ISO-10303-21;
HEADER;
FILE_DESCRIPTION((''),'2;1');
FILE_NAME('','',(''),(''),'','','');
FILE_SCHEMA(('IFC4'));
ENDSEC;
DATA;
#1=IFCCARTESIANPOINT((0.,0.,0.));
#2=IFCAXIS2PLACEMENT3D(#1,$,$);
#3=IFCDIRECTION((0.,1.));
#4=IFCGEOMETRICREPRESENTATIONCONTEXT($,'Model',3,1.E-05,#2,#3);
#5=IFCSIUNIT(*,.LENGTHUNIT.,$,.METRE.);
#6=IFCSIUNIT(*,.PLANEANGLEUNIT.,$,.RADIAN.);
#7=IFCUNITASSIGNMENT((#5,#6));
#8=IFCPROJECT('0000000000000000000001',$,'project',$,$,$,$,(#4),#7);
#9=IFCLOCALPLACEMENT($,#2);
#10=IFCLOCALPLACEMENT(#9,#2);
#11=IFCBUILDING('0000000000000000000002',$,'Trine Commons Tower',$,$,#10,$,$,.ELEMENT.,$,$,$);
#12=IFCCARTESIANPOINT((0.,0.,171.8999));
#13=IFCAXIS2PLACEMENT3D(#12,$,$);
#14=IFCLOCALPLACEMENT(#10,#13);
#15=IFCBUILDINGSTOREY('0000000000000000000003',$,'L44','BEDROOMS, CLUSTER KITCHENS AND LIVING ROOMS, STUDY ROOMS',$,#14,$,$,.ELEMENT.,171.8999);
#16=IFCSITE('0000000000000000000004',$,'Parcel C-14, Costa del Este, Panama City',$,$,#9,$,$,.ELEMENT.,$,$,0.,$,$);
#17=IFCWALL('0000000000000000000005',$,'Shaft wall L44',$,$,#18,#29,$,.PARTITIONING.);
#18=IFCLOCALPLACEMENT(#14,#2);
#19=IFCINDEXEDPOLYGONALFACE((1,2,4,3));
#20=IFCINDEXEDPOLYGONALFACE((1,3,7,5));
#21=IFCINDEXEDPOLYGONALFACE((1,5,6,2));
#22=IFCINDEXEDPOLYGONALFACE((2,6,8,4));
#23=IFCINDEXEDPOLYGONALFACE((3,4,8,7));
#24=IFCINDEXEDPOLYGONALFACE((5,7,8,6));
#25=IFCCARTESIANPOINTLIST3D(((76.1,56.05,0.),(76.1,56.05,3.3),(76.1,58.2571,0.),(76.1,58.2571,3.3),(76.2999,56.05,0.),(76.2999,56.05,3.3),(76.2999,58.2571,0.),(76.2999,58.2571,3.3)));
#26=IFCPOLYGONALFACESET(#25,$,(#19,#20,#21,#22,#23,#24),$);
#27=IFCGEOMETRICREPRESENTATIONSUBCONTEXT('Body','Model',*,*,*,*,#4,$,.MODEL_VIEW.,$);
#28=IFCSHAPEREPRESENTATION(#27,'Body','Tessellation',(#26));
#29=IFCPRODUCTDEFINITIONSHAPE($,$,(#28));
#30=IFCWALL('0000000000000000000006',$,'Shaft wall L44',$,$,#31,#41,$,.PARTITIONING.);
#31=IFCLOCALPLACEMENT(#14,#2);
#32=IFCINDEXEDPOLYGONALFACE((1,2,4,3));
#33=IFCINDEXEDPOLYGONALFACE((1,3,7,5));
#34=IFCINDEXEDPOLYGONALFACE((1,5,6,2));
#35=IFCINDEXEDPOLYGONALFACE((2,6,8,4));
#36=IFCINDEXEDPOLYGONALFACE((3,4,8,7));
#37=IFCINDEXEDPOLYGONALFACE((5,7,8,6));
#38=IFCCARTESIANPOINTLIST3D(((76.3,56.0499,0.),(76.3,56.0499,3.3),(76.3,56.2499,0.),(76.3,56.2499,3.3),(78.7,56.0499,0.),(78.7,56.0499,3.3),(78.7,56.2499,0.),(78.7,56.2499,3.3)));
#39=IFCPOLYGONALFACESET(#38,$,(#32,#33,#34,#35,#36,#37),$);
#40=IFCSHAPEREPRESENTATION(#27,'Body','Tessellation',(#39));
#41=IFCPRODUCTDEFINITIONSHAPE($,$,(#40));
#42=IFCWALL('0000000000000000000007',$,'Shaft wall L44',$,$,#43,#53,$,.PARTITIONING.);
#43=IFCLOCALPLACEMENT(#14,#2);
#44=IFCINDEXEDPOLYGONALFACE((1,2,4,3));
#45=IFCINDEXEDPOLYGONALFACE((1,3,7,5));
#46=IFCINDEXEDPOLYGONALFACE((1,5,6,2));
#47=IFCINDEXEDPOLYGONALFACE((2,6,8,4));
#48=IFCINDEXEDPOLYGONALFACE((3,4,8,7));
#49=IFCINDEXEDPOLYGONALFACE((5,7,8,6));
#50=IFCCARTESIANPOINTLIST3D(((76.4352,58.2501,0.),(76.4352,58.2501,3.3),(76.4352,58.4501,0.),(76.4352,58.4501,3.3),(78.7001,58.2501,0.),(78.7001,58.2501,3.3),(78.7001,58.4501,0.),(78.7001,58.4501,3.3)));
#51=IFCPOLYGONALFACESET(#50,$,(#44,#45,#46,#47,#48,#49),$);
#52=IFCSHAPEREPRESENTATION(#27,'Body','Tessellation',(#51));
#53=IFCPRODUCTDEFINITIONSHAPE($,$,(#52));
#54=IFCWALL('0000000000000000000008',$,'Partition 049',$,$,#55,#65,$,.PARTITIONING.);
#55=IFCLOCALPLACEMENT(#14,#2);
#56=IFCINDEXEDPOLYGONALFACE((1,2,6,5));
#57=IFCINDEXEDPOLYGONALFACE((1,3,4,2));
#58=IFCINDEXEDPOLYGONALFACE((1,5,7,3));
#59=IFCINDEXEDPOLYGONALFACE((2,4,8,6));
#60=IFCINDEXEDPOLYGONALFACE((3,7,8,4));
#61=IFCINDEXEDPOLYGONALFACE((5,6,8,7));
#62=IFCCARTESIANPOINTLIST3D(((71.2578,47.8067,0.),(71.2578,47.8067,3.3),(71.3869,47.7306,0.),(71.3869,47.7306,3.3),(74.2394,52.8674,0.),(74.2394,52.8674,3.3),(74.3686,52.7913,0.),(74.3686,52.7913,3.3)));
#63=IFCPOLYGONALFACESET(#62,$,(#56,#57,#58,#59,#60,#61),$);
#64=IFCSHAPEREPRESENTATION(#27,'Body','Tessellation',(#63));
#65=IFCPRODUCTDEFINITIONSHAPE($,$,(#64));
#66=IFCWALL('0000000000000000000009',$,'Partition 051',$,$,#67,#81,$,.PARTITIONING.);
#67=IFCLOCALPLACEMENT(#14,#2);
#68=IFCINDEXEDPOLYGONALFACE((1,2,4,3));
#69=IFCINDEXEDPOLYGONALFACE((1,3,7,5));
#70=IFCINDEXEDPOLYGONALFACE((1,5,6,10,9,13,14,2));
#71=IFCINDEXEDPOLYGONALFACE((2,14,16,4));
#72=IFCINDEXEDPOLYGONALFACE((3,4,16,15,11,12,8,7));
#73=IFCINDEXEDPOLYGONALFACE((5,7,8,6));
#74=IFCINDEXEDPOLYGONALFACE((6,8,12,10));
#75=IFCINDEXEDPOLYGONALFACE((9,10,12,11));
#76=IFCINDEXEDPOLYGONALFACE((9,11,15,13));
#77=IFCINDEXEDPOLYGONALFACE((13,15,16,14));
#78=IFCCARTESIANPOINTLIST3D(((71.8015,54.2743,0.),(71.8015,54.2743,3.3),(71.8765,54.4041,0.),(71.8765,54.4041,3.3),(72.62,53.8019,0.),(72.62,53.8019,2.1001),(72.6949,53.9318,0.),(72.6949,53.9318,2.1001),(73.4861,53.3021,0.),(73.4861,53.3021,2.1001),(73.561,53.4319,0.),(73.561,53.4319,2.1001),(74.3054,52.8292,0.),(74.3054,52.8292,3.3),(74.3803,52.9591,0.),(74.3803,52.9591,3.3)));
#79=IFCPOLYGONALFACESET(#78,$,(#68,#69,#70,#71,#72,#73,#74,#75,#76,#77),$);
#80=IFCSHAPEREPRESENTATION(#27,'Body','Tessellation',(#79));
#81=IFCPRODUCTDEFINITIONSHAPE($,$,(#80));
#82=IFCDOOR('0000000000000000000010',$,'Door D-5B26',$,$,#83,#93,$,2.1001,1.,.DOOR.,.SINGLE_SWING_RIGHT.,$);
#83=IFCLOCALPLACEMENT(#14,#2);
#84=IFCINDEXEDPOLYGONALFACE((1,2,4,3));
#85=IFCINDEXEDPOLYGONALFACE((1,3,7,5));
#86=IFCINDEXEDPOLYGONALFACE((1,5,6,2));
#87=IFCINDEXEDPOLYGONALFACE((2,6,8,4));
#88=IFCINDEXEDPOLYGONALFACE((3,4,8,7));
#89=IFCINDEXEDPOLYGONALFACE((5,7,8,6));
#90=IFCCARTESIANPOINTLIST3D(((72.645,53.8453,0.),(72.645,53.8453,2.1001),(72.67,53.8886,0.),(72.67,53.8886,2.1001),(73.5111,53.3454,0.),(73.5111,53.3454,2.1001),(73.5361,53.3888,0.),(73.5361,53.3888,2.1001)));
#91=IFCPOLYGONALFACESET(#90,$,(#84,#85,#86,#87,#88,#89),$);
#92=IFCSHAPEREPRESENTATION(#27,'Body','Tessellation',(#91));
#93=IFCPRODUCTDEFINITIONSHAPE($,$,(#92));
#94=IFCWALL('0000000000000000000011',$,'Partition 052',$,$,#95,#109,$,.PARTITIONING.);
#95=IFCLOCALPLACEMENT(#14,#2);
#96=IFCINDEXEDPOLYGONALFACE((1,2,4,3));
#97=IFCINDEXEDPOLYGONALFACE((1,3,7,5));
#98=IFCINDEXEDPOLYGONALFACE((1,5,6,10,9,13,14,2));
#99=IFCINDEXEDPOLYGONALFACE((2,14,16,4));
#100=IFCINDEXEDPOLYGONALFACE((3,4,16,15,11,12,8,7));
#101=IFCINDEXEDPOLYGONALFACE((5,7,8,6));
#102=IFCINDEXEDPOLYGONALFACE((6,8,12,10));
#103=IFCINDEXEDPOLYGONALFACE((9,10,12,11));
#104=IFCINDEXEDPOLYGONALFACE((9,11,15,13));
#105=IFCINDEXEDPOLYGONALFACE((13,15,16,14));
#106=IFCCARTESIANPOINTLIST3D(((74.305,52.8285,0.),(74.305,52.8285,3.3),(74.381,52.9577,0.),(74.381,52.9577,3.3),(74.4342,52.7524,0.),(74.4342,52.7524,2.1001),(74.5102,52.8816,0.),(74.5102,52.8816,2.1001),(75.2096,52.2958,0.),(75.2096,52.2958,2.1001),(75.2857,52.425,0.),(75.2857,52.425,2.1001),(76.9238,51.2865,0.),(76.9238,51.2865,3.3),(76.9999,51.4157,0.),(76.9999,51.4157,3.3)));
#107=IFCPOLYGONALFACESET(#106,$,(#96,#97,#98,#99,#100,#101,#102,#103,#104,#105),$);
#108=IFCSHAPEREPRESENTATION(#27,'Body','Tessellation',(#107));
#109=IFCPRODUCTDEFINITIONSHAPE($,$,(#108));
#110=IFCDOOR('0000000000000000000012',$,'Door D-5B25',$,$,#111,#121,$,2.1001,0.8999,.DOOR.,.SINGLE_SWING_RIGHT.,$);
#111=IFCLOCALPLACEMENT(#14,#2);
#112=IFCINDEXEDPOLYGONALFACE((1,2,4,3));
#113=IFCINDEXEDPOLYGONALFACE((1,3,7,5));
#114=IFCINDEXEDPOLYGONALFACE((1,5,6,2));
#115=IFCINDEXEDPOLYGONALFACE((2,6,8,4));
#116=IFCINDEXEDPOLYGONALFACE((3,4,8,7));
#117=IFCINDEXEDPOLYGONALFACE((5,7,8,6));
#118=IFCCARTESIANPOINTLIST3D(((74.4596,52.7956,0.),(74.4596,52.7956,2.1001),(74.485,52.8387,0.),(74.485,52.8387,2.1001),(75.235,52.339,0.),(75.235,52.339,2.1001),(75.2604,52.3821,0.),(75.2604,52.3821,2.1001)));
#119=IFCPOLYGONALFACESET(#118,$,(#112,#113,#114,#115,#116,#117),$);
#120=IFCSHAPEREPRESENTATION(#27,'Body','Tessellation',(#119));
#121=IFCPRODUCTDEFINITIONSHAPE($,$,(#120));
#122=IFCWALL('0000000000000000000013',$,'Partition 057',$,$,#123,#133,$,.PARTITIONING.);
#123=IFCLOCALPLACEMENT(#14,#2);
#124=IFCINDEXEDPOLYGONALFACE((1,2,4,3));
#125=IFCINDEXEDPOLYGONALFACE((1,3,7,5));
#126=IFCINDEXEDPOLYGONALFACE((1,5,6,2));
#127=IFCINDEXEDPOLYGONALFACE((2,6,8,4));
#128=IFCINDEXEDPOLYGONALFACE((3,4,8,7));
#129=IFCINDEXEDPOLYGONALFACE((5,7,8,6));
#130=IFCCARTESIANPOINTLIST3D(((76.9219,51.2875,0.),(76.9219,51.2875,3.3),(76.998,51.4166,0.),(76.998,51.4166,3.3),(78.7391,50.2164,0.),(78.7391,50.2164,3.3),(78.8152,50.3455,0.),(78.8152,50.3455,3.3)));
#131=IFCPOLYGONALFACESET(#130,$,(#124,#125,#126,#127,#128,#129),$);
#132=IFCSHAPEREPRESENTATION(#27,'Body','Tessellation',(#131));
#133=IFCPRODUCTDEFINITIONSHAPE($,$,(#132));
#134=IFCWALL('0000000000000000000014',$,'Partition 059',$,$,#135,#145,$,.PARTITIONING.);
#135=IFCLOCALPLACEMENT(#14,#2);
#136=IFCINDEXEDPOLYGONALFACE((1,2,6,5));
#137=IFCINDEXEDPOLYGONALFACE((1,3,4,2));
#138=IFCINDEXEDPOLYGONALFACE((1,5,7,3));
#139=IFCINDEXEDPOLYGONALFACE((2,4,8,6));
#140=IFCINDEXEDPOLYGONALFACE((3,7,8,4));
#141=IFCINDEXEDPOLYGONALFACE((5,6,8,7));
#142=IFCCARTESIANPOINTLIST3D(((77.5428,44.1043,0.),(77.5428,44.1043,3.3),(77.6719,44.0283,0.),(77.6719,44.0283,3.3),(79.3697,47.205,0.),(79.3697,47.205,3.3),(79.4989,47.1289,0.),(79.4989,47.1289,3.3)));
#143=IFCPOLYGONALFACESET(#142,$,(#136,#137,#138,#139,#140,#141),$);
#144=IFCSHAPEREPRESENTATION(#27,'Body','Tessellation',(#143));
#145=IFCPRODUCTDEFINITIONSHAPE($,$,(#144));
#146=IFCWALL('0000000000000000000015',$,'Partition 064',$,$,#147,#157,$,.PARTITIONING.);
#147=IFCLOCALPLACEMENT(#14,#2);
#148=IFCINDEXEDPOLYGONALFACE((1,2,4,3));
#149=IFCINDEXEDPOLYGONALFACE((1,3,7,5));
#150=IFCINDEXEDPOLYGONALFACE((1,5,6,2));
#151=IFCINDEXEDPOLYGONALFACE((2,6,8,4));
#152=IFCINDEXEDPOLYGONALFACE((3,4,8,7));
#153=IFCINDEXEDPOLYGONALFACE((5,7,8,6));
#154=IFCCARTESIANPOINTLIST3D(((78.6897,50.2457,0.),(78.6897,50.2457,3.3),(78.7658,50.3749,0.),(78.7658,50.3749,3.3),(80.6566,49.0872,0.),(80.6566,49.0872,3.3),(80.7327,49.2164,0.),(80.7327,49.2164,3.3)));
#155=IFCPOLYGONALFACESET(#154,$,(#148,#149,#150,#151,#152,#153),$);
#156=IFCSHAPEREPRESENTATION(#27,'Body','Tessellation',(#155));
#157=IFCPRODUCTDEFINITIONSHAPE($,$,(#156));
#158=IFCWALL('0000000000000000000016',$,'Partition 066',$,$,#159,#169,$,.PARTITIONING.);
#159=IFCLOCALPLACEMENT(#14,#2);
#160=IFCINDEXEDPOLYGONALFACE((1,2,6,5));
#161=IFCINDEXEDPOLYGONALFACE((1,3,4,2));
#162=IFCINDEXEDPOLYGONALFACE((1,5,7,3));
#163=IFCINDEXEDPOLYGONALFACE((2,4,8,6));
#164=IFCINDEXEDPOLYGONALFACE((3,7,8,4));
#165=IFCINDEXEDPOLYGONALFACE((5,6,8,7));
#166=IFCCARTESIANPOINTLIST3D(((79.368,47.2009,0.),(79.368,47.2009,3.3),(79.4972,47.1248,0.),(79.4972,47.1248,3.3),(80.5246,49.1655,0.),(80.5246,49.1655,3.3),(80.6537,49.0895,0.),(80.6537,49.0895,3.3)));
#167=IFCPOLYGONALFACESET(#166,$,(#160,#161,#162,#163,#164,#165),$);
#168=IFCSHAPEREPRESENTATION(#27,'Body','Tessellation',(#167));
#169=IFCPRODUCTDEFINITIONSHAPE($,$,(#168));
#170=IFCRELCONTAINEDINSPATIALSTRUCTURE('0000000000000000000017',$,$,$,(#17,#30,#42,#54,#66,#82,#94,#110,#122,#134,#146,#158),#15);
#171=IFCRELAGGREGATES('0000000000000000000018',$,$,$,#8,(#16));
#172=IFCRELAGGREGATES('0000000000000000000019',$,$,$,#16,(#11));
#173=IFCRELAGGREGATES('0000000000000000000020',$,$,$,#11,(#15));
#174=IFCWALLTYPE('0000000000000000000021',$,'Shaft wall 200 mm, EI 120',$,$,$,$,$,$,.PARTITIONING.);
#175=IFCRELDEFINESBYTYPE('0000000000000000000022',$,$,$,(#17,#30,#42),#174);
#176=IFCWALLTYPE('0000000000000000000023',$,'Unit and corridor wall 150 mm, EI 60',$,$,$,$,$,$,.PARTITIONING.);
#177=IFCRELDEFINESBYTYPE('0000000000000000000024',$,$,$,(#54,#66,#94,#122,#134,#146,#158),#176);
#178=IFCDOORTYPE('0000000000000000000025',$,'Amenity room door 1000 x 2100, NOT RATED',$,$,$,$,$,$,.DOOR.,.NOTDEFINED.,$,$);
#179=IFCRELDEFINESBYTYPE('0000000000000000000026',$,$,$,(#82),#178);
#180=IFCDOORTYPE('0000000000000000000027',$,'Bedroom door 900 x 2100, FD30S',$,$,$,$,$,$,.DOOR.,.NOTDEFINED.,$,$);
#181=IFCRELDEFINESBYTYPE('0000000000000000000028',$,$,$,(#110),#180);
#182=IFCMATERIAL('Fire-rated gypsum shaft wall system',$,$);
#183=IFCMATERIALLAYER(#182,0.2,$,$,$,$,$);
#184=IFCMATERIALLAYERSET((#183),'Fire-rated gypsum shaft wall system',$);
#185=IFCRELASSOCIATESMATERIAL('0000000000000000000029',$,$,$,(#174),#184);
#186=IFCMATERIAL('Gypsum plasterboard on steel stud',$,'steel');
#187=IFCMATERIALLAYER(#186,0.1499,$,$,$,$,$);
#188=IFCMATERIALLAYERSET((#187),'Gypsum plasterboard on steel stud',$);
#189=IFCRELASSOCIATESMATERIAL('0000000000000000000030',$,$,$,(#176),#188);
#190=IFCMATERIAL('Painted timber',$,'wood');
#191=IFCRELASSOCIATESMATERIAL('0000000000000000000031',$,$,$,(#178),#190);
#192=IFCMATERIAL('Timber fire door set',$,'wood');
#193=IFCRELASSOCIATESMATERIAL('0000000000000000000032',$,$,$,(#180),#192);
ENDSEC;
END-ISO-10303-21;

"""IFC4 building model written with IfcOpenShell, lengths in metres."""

from ifc_helpers import new_model, si_unit, direction, frame, frame_2d, origin, place, context, subcontext, project, spatial, rectangle, extrude, material, layer, layer_set, type_object, element, fill, save


model = new_model("IFC4")

# Units and contexts
model_context = context("Model", 3, precision=1e-05, world=origin(), true_north=direction((0.0, 1.0)))
body_context = subcontext(model_context, "Body", "Model", "MODEL_VIEW")
ifc_project = project(units=[si_unit("LENGTHUNIT", "METRE"), si_unit("PLANEANGLEUNIT", "RADIAN")], contexts=[model_context])

# Site, building, storey
site_placement = place(None, origin())
site = spatial("IfcSite", under=ifc_project, at=site_placement, Name="Parcel C-14, Costa del Este, Panama City", CompositionType="ELEMENT", RefElevation=0.0)
building_placement = place(site_placement, origin())
building = spatial("IfcBuilding", under=site, at=building_placement, Name="Trine Commons Tower", CompositionType="ELEMENT")
storey_placement = place(building_placement, frame((0.0, 0.0, 171.8999)))
storey = spatial("IfcBuildingStorey", under=building, at=storey_placement, Name="L44", Description="BEDROOMS, CLUSTER KITCHENS AND LIVING ROOMS, STUDY ROOMS", CompositionType="ELEMENT", Elevation=171.8999)

# Shared definitions
ifc_material_1 = material(Name="Fire-rated gypsum shaft wall system")

# Walls
ifc_layer_1 = layer(ifc_material_1, 0.2)
ifc_layer_set_1 = layer_set([ifc_layer_1], Name="Fire-rated gypsum shaft wall system")
wall_type_1 = type_object("IfcWallType", Name="Shaft wall 200 mm, EI 120", PredefinedType="PARTITIONING", material=ifc_layer_set_1)
wall_1_placement = place(storey_placement, frame((76.2, 58.2571, 0.0), z_axis=(0.0, 0.0, 1.0), x_axis=(0.0, -1.0, 0.0)))
element("IfcWall", 1, at=wall_1_placement, inside=storey, type_object=wall_type_1, Name="Shaft wall L44", PredefinedType="PARTITIONING", context=body_context, shape_type="SweptSolid", body=[
    extrude(rectangle(XDim=2.207, YDim=0.2, at=frame_2d((1.1035, 0.0))), origin(), (0.0, 0.0, 1.0), 3.3),
])
wall_2_placement = place(storey_placement, frame((78.7, 56.1499, 0.0), z_axis=(0.0, 0.0, 1.0), x_axis=(-1.0, 0.0, 0.0)))
element("IfcWall", 2, at=wall_2_placement, inside=storey, type_object=wall_type_1, Name="Shaft wall L44", PredefinedType="PARTITIONING", context=body_context, shape_type="SweptSolid", body=[
    extrude(rectangle(XDim=2.3999, YDim=0.2, at=frame_2d((1.2, 0.0))), origin(), (0.0, 0.0, 1.0), 3.3),
])
wall_3_placement = place(storey_placement, frame((78.7, 58.3501, 0.0), z_axis=(0.0, 0.0, 1.0), x_axis=(-1.0, 0.0, 0.0)))
element("IfcWall", 3, at=wall_3_placement, inside=storey, type_object=wall_type_1, Name="Shaft wall L44", PredefinedType="PARTITIONING", context=body_context, shape_type="SweptSolid", body=[
    extrude(rectangle(XDim=2.2649, YDim=0.2, at=frame_2d((1.1323, 0.0))), origin(), (0.0, 0.0, 1.0), 3.3),
])
ifc_material_2 = material(Name="Gypsum plasterboard on steel stud", Category="steel")
ifc_layer_2 = layer(ifc_material_2, 0.1499)
ifc_layer_set_2 = layer_set([ifc_layer_2], Name="Gypsum plasterboard on steel stud")
wall_type_2 = type_object("IfcWallType", Name="Unit and corridor wall 150 mm, EI 60", PredefinedType="PARTITIONING", material=ifc_layer_set_2)
wall_4_placement = place(storey_placement, frame((71.3223, 47.7686, 0.0), z_axis=(0.0, 0.0, 1.0), x_axis=(0.507621, 0.86158, 0.0)))
element("IfcWall", 4, at=wall_4_placement, inside=storey, type_object=wall_type_2, Name="Partition 049", PredefinedType="PARTITIONING", context=body_context, shape_type="SweptSolid", body=[
    extrude(rectangle(XDim=5.8738, YDim=0.1499, at=frame_2d((2.937, 0.0))), origin(), (0.0, 0.0, 1.0), 3.3),
])

# Walls, openings, doors
wall_5_placement = place(storey_placement, frame((71.8391, 54.3391, 0.0), z_axis=(0.0, 0.0, 1.0), x_axis=(0.86611, -0.499854, 0.0)))
wall_5 = element("IfcWall", 5, at=wall_5_placement, inside=storey, type_object=wall_type_2, Name="Partition 051", PredefinedType="PARTITIONING", context=body_context, shape_type="SweptSolid", body=[
    extrude(rectangle(XDim=2.8909, YDim=0.1499, at=frame_2d((1.4453, 0.0))), origin(), (0.0, 0.0, 1.0), 3.3),
])
opening_1_placement = place(wall_5_placement, frame((0.9448, 0.0, 0.0)))
opening_1 = element("IfcOpeningElement", 6, at=opening_1_placement, cuts=wall_5, PredefinedType="OPENING", context=body_context, shape_type="SweptSolid", body=[
    extrude(rectangle(XDim=1.0, YDim=2.1001, at=frame_2d((0.5, 1.05))), frame((0.0, 0.085, 0.0), z_axis=(0.0, -1.0, 0.0), x_axis=(1.0, 0.0, 0.0)), (0.0, 0.0, 1.0), 0.1699),
])
ifc_material_3 = material(Name="Painted timber", Category="wood")
door_type_1 = type_object("IfcDoorType", Name="Amenity room door 1000 x 2100, NOT RATED", OperationType="NOTDEFINED", PredefinedType="DOOR", material=ifc_material_3)
door_1_placement = place(opening_1_placement, frame((1.0, 0.0, 0.0), z_axis=(0.0, 0.0, 1.0), x_axis=(-1.0, 0.0, 0.0)))
door_1 = element("IfcDoor", 7, at=door_1_placement, inside=storey, type_object=door_type_1, Name="Door D-5B26", OperationType="SINGLE_SWING_RIGHT", OverallHeight=2.1001, OverallWidth=1.0, PredefinedType="DOOR", context=body_context, shape_type="SweptSolid", body=[
    extrude(rectangle(XDim=1.0, YDim=2.1001, at=frame_2d((0.5, 1.05))), frame((0.0, 0.0249, 0.0), z_axis=(0.0, -1.0, 0.0), x_axis=(1.0, 0.0, 0.0)), (0.0, 0.0, 1.0), 0.05),
])
fill(opening_1, door_1)
wall_6_placement = place(storey_placement, frame((74.343, 52.8931, 0.0), z_axis=(0.0, 0.0, 1.0), x_axis=(0.861724, -0.507378, 0.0)))
wall_6 = element("IfcWall", 8, at=wall_6_placement, inside=storey, type_object=wall_type_2, Name="Partition 052", PredefinedType="PARTITIONING", context=body_context, shape_type="SweptSolid", body=[
    extrude(rectangle(XDim=3.0391, YDim=0.1499, at=frame_2d((1.5195, 0.0))), origin(), (0.0, 0.0, 1.0), 3.3),
])
opening_2_placement = place(wall_6_placement, frame((0.1499, 0.0, 0.0)))
opening_2 = element("IfcOpeningElement", 9, at=opening_2_placement, cuts=wall_6, PredefinedType="OPENING", context=body_context, shape_type="SweptSolid", body=[
    extrude(rectangle(XDim=0.8999, YDim=2.1001, at=frame_2d((0.45, 1.05))), frame((0.0, 0.085, 0.0), z_axis=(0.0, -1.0, 0.0), x_axis=(1.0, 0.0, 0.0)), (0.0, 0.0, 1.0), 0.1699),
])
ifc_material_4 = material(Name="Timber fire door set", Category="wood")
door_type_2 = type_object("IfcDoorType", Name="Bedroom door 900 x 2100, FD30S", OperationType="NOTDEFINED", PredefinedType="DOOR", material=ifc_material_4)
door_2_placement = place(opening_2_placement, frame((0.8999, 0.0, 0.0), z_axis=(0.0, 0.0, 1.0), x_axis=(-1.0, 0.0, 0.0)))
door_2 = element("IfcDoor", 10, at=door_2_placement, inside=storey, type_object=door_type_2, Name="Door D-5B25", OperationType="SINGLE_SWING_RIGHT", OverallHeight=2.1001, OverallWidth=0.8999, PredefinedType="DOOR", context=body_context, shape_type="SweptSolid", body=[
    extrude(rectangle(XDim=0.8999, YDim=2.1001, at=frame_2d((0.45, 1.05))), frame((0.0, 0.0249, 0.0), z_axis=(0.0, -1.0, 0.0), x_axis=(1.0, 0.0, 0.0)), (0.0, 0.0, 1.0), 0.05),
])
fill(opening_2, door_2)

# Walls
wall_7_placement = place(storey_placement, frame((76.96, 51.3521, 0.0), z_axis=(0.0, 0.0, 1.0), x_axis=(0.861491, -0.507774, 0.0)))
element("IfcWall", 11, at=wall_7_placement, inside=storey, type_object=wall_type_2, Name="Partition 057", PredefinedType="PARTITIONING", context=body_context, shape_type="SweptSolid", body=[
    extrude(rectangle(XDim=2.1094, YDim=0.1499, at=frame_2d((1.0547, 0.0))), origin(), (0.0, 0.0, 1.0), 3.3),
])
wall_8_placement = place(storey_placement, frame((77.6074, 44.0664, 0.0), z_axis=(0.0, 0.0, 1.0), x_axis=(0.507646, 0.861566, 0.0)))
element("IfcWall", 12, at=wall_8_placement, inside=storey, type_object=wall_type_2, Name="Partition 059", PredefinedType="PARTITIONING", context=body_context, shape_type="SweptSolid", body=[
    extrude(rectangle(XDim=3.5989, YDim=0.1499, at=frame_2d((1.7993, 0.0))), origin(), (0.0, 0.0, 1.0), 3.3),
])
wall_9_placement = place(storey_placement, frame((78.7278, 50.3103, 0.0), z_axis=(0.0, 0.0, 1.0), x_axis=(0.861645, -0.507511, 0.0)))
element("IfcWall", 13, at=wall_9_placement, inside=storey, type_object=wall_type_2, Name="Partition 064", PredefinedType="PARTITIONING", context=body_context, shape_type="SweptSolid", body=[
    extrude(rectangle(XDim=2.2827, YDim=0.1499, at=frame_2d((1.1414, 0.0))), origin(), (0.0, 0.0, 1.0), 3.3),
])
wall_10_placement = place(storey_placement, frame((79.4326, 47.1628, 0.0), z_axis=(0.0, 0.0, 1.0), x_axis=(0.507296, 0.861772, 0.0)))
element("IfcWall", 14, at=wall_10_placement, inside=storey, type_object=wall_type_2, Name="Partition 066", PredefinedType="PARTITIONING", context=body_context, shape_type="SweptSolid", body=[
    extrude(rectangle(XDim=2.2798, YDim=0.1499, at=frame_2d((1.1399, 0.0))), origin(), (0.0, 0.0, 1.0), 3.3),
])

save(model, "model.ifc")
